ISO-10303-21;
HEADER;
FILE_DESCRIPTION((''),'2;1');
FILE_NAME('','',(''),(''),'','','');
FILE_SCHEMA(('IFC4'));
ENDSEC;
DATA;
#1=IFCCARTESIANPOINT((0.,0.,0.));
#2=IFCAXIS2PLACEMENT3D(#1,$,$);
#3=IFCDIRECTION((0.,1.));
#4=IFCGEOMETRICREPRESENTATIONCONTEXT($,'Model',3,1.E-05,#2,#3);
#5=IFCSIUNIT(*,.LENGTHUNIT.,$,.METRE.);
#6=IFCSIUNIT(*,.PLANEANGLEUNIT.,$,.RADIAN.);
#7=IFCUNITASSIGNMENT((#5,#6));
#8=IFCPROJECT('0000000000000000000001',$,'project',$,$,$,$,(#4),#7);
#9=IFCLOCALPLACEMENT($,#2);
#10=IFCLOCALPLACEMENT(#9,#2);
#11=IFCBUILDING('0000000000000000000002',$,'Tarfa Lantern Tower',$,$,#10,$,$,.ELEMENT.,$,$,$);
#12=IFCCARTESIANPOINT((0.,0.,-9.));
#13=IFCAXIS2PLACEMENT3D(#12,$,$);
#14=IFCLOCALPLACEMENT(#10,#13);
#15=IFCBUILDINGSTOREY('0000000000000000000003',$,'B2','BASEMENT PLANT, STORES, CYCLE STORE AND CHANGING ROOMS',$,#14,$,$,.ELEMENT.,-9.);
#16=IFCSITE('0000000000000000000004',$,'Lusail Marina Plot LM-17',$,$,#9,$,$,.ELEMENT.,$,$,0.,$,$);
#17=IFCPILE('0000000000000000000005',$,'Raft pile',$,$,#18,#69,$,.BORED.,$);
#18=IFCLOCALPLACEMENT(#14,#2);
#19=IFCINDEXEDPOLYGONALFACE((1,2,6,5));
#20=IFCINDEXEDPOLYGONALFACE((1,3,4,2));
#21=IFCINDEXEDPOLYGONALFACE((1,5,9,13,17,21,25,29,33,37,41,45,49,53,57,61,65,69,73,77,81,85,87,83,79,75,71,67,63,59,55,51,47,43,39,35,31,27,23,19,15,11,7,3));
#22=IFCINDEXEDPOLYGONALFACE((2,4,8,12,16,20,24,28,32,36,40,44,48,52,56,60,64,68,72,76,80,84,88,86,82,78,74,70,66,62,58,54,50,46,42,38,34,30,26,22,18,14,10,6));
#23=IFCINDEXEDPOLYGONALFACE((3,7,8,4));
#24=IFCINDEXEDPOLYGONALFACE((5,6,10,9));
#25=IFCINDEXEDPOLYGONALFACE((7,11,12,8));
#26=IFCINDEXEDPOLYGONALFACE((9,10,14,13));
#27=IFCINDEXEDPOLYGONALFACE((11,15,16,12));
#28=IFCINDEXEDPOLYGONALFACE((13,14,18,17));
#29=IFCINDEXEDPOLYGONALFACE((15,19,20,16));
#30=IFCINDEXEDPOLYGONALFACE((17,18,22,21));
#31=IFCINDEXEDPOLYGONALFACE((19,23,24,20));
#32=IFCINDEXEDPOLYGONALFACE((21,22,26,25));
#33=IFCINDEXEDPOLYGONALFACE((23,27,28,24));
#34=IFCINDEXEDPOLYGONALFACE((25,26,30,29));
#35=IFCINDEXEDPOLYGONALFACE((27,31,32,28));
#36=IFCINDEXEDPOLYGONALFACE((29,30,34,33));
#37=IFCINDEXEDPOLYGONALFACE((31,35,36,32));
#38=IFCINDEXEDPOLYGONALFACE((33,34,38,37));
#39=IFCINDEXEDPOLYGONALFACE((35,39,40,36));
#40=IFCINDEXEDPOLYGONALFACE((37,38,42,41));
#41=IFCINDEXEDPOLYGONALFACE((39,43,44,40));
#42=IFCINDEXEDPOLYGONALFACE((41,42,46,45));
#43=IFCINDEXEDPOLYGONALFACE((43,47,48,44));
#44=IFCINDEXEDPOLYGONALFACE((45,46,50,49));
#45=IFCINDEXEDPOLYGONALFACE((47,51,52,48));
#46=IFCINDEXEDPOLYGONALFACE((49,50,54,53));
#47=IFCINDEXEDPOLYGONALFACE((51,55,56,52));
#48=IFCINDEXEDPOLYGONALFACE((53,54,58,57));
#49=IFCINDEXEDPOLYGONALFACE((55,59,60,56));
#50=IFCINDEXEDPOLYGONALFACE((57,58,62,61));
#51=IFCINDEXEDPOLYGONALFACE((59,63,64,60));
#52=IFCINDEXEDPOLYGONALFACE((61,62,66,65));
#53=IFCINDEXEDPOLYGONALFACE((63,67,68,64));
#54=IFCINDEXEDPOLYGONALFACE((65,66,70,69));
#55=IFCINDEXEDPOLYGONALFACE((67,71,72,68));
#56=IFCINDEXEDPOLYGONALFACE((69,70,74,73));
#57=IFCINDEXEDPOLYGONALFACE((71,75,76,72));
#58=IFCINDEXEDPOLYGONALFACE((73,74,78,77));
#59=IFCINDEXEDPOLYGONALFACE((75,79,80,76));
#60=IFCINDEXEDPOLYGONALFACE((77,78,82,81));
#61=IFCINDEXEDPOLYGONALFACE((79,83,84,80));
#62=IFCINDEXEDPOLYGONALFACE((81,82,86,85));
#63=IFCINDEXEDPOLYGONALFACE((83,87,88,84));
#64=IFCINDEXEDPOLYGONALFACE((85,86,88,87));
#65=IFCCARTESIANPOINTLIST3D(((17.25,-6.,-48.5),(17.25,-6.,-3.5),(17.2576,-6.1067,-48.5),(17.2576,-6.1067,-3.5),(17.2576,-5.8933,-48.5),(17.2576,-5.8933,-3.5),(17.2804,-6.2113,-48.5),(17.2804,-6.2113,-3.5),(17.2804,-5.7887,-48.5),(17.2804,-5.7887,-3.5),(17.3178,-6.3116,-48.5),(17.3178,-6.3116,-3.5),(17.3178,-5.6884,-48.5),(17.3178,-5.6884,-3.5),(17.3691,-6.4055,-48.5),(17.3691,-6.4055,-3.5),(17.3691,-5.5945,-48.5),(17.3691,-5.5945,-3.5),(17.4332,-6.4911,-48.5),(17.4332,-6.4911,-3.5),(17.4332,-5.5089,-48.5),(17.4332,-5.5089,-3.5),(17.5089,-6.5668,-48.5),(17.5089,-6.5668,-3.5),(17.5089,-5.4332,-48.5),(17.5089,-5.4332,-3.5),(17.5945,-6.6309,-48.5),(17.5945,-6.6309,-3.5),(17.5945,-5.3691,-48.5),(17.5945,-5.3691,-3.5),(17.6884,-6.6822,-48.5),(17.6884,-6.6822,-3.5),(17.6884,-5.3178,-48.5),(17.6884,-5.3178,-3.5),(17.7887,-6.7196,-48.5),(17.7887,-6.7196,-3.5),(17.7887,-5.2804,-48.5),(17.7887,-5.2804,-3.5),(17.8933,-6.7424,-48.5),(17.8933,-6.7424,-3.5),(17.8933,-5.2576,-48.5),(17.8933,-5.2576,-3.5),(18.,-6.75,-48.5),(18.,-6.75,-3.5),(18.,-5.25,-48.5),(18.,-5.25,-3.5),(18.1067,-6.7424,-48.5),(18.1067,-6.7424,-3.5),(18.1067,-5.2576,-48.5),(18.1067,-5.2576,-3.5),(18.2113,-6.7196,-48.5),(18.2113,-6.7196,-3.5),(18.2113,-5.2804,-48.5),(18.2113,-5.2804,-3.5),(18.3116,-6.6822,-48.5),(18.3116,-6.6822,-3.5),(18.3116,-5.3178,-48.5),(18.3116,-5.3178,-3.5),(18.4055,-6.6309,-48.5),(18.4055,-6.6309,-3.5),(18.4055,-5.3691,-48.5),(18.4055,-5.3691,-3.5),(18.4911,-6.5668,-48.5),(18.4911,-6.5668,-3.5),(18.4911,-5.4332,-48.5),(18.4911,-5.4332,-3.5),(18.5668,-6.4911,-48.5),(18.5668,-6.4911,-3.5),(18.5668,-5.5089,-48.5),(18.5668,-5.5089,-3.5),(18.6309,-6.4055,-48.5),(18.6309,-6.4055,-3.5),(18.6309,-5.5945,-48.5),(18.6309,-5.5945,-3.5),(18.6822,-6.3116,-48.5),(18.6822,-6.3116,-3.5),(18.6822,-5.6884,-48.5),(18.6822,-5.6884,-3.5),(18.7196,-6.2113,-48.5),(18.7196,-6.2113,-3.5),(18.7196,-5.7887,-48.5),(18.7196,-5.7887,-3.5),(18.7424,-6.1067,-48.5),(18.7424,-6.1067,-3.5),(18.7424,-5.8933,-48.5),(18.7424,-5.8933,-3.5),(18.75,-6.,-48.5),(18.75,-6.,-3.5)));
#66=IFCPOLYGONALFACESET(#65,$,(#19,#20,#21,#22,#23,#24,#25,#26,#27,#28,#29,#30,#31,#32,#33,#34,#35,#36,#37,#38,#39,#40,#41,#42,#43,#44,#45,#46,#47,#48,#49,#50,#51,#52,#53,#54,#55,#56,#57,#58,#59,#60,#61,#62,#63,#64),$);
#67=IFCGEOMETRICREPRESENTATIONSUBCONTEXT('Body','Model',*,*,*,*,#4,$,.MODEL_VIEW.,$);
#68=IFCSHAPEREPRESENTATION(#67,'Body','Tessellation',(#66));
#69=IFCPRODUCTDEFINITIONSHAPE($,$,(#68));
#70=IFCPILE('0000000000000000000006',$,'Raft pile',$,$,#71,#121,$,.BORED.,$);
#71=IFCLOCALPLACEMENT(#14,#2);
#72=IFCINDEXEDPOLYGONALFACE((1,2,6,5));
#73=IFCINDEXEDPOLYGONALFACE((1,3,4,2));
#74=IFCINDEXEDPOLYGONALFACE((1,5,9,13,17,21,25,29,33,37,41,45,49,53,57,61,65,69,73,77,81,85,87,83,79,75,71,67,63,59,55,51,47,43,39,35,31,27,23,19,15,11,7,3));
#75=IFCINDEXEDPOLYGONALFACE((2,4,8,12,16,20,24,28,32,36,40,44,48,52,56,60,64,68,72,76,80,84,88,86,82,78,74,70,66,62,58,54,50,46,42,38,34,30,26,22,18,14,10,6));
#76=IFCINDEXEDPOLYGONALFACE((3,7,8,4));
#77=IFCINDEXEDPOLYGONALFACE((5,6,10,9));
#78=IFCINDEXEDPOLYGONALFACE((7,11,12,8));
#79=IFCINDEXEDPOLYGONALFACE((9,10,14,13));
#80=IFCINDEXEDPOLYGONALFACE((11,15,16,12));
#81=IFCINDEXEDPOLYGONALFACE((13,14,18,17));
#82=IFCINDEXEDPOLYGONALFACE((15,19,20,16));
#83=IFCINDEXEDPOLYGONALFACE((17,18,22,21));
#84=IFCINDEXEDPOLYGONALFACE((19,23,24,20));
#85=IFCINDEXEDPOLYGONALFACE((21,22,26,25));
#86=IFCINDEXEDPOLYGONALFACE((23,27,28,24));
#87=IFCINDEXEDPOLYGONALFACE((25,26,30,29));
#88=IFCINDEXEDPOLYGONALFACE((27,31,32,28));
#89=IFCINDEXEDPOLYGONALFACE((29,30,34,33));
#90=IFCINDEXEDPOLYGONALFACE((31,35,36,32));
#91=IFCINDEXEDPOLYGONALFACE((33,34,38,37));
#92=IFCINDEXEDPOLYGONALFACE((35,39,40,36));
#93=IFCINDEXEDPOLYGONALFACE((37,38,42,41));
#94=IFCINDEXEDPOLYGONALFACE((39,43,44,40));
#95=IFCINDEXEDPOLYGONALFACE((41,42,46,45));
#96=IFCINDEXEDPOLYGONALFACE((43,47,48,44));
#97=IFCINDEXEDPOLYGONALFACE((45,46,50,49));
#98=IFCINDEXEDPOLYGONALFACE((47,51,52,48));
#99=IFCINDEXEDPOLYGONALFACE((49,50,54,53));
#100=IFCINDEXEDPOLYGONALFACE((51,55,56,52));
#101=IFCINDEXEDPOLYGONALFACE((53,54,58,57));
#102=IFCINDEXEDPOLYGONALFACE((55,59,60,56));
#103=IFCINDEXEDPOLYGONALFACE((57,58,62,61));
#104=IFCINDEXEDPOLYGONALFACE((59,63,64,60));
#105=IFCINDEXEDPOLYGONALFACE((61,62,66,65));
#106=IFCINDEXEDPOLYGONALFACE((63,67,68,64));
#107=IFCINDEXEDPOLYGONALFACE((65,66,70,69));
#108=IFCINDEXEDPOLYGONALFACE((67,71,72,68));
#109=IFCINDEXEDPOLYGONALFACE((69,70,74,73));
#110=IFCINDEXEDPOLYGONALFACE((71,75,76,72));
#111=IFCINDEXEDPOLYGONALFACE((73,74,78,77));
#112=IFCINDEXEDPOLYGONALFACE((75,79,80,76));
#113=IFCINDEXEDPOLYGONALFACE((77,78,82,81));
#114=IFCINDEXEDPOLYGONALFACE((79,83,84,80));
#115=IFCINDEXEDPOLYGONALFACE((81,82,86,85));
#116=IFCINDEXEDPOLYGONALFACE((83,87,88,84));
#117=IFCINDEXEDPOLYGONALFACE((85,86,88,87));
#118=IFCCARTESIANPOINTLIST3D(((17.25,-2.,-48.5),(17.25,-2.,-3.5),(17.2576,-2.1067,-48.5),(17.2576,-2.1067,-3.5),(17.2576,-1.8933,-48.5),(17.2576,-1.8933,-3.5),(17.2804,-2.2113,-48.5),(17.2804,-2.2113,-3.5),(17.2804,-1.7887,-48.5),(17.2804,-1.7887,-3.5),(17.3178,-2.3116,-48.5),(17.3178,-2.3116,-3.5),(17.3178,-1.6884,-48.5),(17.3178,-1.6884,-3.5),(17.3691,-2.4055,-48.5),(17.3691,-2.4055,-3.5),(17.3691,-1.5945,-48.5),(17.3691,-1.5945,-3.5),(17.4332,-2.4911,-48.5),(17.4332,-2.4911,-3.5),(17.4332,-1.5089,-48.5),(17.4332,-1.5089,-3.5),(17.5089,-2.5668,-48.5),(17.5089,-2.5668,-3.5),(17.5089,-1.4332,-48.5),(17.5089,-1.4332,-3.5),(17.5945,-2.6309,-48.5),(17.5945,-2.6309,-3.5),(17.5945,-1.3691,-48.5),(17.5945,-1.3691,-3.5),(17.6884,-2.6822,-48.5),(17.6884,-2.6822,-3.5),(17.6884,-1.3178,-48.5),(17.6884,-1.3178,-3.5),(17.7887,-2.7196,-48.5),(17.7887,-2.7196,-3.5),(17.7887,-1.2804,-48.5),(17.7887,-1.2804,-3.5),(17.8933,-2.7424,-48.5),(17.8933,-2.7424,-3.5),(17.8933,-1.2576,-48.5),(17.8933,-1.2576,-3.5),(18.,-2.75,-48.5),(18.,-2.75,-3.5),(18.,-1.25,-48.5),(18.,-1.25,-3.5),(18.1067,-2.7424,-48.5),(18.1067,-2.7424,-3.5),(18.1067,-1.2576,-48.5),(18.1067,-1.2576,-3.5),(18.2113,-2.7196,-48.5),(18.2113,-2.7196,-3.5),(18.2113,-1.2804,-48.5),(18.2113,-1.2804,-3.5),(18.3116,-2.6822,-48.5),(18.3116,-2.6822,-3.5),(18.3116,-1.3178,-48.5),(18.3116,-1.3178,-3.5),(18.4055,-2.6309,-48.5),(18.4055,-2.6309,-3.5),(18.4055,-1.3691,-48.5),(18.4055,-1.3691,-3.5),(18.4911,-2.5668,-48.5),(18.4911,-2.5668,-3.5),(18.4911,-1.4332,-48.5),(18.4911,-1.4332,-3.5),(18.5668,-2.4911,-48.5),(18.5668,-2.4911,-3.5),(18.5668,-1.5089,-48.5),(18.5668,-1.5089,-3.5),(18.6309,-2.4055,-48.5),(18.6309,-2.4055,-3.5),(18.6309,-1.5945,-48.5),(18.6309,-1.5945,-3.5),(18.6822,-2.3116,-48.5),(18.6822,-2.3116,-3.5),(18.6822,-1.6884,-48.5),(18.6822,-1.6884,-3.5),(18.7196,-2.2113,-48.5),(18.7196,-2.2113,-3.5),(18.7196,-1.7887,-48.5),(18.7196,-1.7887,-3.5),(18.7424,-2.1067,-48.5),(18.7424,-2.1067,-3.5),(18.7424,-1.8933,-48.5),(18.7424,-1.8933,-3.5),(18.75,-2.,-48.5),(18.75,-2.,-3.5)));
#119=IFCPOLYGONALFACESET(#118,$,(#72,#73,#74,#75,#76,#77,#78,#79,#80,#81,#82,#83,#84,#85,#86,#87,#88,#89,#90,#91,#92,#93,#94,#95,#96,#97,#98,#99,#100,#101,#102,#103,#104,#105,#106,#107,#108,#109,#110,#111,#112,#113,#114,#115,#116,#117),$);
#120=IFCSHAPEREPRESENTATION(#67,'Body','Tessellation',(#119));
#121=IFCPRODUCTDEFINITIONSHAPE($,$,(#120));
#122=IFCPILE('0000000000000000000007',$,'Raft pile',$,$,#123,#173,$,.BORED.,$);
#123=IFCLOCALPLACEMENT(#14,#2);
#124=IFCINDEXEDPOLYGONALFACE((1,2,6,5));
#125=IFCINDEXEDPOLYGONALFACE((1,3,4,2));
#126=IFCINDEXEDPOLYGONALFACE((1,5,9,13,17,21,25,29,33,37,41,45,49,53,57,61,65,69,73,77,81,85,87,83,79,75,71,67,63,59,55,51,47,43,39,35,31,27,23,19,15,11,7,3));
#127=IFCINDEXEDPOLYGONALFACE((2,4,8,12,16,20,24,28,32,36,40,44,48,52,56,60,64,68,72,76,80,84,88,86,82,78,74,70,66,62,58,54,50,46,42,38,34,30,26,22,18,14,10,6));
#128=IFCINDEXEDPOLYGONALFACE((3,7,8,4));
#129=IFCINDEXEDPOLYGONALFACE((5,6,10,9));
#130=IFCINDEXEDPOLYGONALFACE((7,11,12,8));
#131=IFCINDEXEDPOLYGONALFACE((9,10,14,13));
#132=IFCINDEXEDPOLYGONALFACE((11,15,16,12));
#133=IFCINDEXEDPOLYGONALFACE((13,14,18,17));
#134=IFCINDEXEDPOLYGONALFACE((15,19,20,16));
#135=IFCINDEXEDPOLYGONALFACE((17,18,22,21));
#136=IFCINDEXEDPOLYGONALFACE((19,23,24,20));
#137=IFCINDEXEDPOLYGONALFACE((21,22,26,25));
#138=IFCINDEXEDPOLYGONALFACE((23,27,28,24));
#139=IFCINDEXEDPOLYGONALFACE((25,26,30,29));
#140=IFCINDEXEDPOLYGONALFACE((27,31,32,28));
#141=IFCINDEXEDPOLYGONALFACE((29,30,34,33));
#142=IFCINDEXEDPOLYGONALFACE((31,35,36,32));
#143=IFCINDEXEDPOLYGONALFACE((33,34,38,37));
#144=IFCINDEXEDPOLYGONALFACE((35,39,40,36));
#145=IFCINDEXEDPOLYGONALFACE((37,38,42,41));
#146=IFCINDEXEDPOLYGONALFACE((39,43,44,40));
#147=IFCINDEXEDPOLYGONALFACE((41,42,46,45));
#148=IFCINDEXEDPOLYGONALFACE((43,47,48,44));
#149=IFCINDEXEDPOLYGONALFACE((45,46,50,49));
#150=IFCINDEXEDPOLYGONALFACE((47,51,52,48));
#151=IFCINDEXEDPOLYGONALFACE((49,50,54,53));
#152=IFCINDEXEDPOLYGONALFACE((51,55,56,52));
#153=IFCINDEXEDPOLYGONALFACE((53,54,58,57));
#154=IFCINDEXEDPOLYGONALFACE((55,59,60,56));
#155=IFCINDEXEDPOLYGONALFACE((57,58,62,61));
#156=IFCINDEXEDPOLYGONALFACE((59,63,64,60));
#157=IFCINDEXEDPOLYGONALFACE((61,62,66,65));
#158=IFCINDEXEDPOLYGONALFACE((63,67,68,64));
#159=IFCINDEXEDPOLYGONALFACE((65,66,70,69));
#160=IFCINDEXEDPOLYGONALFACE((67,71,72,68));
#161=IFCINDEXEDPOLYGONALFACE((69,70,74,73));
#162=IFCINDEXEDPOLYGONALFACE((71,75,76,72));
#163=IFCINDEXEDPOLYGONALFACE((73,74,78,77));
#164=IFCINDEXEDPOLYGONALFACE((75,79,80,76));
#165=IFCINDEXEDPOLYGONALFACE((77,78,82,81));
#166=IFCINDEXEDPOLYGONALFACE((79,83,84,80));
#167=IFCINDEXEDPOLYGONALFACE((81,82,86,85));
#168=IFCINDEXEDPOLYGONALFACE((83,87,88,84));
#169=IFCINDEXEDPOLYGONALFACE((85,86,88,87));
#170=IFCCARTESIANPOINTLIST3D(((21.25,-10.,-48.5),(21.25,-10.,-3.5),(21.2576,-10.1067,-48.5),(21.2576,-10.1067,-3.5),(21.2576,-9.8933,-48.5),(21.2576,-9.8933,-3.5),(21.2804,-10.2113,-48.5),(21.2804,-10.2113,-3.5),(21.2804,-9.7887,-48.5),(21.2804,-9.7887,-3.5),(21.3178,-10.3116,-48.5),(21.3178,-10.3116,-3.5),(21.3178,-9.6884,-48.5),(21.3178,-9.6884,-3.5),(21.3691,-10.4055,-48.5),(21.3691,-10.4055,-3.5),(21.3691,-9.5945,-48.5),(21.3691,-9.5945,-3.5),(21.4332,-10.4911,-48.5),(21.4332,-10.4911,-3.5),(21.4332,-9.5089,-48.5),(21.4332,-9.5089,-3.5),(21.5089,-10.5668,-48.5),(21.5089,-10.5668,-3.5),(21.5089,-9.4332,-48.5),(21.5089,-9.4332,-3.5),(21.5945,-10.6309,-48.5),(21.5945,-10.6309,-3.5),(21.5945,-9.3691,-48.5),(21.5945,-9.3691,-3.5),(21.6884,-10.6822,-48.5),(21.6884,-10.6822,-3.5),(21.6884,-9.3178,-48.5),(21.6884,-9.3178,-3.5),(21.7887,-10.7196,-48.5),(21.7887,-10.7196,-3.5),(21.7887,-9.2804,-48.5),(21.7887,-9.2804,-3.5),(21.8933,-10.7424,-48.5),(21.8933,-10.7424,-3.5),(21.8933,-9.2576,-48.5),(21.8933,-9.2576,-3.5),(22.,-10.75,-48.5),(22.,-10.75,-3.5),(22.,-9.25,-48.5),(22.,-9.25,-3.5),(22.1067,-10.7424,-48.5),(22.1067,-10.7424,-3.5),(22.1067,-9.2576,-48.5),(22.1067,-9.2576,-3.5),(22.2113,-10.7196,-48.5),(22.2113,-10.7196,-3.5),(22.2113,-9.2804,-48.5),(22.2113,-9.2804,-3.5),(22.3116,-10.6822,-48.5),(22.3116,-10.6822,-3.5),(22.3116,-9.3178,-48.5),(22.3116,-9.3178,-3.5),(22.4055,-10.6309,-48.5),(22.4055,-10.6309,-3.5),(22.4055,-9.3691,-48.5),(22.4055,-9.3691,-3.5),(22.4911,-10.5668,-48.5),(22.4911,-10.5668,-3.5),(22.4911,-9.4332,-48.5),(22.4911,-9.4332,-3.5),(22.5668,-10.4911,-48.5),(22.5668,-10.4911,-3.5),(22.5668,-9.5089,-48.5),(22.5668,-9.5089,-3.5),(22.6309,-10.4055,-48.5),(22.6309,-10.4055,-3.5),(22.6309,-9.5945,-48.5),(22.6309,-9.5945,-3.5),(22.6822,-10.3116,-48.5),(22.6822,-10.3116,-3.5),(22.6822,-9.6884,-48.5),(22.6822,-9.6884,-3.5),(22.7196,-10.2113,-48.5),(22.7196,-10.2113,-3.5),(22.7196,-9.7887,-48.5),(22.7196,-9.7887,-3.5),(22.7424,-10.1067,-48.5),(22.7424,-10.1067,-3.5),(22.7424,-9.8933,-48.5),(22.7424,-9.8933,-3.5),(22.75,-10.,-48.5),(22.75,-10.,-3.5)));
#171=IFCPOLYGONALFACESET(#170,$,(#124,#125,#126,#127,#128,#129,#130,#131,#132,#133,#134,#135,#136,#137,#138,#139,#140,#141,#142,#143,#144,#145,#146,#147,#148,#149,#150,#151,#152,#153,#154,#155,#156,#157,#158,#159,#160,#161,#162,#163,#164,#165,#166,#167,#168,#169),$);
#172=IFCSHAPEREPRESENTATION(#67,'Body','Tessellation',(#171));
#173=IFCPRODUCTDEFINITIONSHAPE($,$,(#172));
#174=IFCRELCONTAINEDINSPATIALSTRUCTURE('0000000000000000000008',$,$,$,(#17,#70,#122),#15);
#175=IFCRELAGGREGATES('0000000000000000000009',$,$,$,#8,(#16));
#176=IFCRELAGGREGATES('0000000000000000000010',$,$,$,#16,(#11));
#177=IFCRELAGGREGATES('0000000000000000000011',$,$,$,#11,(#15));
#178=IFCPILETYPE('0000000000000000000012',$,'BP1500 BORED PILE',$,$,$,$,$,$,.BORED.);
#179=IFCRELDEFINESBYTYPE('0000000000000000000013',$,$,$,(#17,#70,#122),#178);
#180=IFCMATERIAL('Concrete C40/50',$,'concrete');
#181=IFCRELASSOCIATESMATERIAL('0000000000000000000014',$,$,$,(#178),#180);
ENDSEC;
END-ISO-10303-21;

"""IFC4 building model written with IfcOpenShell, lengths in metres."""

from ifc_helpers import new_model, si_unit, direction, frame, origin, origin_2d, place, context, subcontext, project, spatial, circle, extrude, material, material_profile, profile_set, type_object, element, save


model = new_model("IFC4")

# Units and contexts
model_context = context("Model", 3, precision=1e-05, world=origin(), true_north=direction((0.0, 1.0)))
body_context = subcontext(model_context, "Body", "Model", "MODEL_VIEW")
ifc_project = project(units=[si_unit("LENGTHUNIT", "METRE"), si_unit("PLANEANGLEUNIT", "RADIAN")], contexts=[model_context])

# Site, building, storey
site_placement = place(None, origin())
site = spatial("IfcSite", under=ifc_project, at=site_placement, Name="Lusail Marina Plot LM-17", CompositionType="ELEMENT", RefElevation=0.0)
building_placement = place(site_placement, origin())
building = spatial("IfcBuilding", under=site, at=building_placement, Name="Tarfa Lantern Tower", CompositionType="ELEMENT")
storey_placement = place(building_placement, frame((0.0, 0.0, -9.0)))
storey = spatial("IfcBuildingStorey", under=building, at=storey_placement, Name="B2", Description="BASEMENT PLANT, STORES, CYCLE STORE AND CHANGING ROOMS", CompositionType="ELEMENT", Elevation=-9.0)

# Piles
ifc_material_1 = material(Name="Concrete C40/50", Category="concrete")
ifc_material_profile = material_profile(ifc_material_1, circle(Radius=0.75, at=origin_2d()), Name="BORED PILE D1500")
ifc_profile_set = profile_set([ifc_material_profile], Name="Concrete C40/50")
pile_type = type_object("IfcPileType", Name="BP1500 BORED PILE", PredefinedType="BORED", material=ifc_profile_set)
for number, where, z_axis, x_axis, name in (
    (1, (18.0, -6.0, -3.5), (0.0, 0.0, -1.0), (1.0, 0.0, 0.0), "Raft pile"),
    (2, (18.0, -2.0, -3.5), (0.0, 0.0, -1.0), (1.0, 0.0, 0.0), "Raft pile"),
    (3, (22.0, -10.0, -3.5), (0.0, 0.0, -1.0), (1.0, 0.0, 0.0), "Raft pile"),
):
    element("IfcPile", number, at=place(storey_placement, frame(where, z_axis=z_axis, x_axis=x_axis)), inside=storey, type_object=pile_type, Name=name, PredefinedType="BORED", context=body_context, shape_type="SweptSolid", body=[
        extrude(circle(Radius=0.75, at=origin_2d()), origin(), (0.0, 0.0, 1.0), 45.0),
    ])

save(model, "model.ifc")
